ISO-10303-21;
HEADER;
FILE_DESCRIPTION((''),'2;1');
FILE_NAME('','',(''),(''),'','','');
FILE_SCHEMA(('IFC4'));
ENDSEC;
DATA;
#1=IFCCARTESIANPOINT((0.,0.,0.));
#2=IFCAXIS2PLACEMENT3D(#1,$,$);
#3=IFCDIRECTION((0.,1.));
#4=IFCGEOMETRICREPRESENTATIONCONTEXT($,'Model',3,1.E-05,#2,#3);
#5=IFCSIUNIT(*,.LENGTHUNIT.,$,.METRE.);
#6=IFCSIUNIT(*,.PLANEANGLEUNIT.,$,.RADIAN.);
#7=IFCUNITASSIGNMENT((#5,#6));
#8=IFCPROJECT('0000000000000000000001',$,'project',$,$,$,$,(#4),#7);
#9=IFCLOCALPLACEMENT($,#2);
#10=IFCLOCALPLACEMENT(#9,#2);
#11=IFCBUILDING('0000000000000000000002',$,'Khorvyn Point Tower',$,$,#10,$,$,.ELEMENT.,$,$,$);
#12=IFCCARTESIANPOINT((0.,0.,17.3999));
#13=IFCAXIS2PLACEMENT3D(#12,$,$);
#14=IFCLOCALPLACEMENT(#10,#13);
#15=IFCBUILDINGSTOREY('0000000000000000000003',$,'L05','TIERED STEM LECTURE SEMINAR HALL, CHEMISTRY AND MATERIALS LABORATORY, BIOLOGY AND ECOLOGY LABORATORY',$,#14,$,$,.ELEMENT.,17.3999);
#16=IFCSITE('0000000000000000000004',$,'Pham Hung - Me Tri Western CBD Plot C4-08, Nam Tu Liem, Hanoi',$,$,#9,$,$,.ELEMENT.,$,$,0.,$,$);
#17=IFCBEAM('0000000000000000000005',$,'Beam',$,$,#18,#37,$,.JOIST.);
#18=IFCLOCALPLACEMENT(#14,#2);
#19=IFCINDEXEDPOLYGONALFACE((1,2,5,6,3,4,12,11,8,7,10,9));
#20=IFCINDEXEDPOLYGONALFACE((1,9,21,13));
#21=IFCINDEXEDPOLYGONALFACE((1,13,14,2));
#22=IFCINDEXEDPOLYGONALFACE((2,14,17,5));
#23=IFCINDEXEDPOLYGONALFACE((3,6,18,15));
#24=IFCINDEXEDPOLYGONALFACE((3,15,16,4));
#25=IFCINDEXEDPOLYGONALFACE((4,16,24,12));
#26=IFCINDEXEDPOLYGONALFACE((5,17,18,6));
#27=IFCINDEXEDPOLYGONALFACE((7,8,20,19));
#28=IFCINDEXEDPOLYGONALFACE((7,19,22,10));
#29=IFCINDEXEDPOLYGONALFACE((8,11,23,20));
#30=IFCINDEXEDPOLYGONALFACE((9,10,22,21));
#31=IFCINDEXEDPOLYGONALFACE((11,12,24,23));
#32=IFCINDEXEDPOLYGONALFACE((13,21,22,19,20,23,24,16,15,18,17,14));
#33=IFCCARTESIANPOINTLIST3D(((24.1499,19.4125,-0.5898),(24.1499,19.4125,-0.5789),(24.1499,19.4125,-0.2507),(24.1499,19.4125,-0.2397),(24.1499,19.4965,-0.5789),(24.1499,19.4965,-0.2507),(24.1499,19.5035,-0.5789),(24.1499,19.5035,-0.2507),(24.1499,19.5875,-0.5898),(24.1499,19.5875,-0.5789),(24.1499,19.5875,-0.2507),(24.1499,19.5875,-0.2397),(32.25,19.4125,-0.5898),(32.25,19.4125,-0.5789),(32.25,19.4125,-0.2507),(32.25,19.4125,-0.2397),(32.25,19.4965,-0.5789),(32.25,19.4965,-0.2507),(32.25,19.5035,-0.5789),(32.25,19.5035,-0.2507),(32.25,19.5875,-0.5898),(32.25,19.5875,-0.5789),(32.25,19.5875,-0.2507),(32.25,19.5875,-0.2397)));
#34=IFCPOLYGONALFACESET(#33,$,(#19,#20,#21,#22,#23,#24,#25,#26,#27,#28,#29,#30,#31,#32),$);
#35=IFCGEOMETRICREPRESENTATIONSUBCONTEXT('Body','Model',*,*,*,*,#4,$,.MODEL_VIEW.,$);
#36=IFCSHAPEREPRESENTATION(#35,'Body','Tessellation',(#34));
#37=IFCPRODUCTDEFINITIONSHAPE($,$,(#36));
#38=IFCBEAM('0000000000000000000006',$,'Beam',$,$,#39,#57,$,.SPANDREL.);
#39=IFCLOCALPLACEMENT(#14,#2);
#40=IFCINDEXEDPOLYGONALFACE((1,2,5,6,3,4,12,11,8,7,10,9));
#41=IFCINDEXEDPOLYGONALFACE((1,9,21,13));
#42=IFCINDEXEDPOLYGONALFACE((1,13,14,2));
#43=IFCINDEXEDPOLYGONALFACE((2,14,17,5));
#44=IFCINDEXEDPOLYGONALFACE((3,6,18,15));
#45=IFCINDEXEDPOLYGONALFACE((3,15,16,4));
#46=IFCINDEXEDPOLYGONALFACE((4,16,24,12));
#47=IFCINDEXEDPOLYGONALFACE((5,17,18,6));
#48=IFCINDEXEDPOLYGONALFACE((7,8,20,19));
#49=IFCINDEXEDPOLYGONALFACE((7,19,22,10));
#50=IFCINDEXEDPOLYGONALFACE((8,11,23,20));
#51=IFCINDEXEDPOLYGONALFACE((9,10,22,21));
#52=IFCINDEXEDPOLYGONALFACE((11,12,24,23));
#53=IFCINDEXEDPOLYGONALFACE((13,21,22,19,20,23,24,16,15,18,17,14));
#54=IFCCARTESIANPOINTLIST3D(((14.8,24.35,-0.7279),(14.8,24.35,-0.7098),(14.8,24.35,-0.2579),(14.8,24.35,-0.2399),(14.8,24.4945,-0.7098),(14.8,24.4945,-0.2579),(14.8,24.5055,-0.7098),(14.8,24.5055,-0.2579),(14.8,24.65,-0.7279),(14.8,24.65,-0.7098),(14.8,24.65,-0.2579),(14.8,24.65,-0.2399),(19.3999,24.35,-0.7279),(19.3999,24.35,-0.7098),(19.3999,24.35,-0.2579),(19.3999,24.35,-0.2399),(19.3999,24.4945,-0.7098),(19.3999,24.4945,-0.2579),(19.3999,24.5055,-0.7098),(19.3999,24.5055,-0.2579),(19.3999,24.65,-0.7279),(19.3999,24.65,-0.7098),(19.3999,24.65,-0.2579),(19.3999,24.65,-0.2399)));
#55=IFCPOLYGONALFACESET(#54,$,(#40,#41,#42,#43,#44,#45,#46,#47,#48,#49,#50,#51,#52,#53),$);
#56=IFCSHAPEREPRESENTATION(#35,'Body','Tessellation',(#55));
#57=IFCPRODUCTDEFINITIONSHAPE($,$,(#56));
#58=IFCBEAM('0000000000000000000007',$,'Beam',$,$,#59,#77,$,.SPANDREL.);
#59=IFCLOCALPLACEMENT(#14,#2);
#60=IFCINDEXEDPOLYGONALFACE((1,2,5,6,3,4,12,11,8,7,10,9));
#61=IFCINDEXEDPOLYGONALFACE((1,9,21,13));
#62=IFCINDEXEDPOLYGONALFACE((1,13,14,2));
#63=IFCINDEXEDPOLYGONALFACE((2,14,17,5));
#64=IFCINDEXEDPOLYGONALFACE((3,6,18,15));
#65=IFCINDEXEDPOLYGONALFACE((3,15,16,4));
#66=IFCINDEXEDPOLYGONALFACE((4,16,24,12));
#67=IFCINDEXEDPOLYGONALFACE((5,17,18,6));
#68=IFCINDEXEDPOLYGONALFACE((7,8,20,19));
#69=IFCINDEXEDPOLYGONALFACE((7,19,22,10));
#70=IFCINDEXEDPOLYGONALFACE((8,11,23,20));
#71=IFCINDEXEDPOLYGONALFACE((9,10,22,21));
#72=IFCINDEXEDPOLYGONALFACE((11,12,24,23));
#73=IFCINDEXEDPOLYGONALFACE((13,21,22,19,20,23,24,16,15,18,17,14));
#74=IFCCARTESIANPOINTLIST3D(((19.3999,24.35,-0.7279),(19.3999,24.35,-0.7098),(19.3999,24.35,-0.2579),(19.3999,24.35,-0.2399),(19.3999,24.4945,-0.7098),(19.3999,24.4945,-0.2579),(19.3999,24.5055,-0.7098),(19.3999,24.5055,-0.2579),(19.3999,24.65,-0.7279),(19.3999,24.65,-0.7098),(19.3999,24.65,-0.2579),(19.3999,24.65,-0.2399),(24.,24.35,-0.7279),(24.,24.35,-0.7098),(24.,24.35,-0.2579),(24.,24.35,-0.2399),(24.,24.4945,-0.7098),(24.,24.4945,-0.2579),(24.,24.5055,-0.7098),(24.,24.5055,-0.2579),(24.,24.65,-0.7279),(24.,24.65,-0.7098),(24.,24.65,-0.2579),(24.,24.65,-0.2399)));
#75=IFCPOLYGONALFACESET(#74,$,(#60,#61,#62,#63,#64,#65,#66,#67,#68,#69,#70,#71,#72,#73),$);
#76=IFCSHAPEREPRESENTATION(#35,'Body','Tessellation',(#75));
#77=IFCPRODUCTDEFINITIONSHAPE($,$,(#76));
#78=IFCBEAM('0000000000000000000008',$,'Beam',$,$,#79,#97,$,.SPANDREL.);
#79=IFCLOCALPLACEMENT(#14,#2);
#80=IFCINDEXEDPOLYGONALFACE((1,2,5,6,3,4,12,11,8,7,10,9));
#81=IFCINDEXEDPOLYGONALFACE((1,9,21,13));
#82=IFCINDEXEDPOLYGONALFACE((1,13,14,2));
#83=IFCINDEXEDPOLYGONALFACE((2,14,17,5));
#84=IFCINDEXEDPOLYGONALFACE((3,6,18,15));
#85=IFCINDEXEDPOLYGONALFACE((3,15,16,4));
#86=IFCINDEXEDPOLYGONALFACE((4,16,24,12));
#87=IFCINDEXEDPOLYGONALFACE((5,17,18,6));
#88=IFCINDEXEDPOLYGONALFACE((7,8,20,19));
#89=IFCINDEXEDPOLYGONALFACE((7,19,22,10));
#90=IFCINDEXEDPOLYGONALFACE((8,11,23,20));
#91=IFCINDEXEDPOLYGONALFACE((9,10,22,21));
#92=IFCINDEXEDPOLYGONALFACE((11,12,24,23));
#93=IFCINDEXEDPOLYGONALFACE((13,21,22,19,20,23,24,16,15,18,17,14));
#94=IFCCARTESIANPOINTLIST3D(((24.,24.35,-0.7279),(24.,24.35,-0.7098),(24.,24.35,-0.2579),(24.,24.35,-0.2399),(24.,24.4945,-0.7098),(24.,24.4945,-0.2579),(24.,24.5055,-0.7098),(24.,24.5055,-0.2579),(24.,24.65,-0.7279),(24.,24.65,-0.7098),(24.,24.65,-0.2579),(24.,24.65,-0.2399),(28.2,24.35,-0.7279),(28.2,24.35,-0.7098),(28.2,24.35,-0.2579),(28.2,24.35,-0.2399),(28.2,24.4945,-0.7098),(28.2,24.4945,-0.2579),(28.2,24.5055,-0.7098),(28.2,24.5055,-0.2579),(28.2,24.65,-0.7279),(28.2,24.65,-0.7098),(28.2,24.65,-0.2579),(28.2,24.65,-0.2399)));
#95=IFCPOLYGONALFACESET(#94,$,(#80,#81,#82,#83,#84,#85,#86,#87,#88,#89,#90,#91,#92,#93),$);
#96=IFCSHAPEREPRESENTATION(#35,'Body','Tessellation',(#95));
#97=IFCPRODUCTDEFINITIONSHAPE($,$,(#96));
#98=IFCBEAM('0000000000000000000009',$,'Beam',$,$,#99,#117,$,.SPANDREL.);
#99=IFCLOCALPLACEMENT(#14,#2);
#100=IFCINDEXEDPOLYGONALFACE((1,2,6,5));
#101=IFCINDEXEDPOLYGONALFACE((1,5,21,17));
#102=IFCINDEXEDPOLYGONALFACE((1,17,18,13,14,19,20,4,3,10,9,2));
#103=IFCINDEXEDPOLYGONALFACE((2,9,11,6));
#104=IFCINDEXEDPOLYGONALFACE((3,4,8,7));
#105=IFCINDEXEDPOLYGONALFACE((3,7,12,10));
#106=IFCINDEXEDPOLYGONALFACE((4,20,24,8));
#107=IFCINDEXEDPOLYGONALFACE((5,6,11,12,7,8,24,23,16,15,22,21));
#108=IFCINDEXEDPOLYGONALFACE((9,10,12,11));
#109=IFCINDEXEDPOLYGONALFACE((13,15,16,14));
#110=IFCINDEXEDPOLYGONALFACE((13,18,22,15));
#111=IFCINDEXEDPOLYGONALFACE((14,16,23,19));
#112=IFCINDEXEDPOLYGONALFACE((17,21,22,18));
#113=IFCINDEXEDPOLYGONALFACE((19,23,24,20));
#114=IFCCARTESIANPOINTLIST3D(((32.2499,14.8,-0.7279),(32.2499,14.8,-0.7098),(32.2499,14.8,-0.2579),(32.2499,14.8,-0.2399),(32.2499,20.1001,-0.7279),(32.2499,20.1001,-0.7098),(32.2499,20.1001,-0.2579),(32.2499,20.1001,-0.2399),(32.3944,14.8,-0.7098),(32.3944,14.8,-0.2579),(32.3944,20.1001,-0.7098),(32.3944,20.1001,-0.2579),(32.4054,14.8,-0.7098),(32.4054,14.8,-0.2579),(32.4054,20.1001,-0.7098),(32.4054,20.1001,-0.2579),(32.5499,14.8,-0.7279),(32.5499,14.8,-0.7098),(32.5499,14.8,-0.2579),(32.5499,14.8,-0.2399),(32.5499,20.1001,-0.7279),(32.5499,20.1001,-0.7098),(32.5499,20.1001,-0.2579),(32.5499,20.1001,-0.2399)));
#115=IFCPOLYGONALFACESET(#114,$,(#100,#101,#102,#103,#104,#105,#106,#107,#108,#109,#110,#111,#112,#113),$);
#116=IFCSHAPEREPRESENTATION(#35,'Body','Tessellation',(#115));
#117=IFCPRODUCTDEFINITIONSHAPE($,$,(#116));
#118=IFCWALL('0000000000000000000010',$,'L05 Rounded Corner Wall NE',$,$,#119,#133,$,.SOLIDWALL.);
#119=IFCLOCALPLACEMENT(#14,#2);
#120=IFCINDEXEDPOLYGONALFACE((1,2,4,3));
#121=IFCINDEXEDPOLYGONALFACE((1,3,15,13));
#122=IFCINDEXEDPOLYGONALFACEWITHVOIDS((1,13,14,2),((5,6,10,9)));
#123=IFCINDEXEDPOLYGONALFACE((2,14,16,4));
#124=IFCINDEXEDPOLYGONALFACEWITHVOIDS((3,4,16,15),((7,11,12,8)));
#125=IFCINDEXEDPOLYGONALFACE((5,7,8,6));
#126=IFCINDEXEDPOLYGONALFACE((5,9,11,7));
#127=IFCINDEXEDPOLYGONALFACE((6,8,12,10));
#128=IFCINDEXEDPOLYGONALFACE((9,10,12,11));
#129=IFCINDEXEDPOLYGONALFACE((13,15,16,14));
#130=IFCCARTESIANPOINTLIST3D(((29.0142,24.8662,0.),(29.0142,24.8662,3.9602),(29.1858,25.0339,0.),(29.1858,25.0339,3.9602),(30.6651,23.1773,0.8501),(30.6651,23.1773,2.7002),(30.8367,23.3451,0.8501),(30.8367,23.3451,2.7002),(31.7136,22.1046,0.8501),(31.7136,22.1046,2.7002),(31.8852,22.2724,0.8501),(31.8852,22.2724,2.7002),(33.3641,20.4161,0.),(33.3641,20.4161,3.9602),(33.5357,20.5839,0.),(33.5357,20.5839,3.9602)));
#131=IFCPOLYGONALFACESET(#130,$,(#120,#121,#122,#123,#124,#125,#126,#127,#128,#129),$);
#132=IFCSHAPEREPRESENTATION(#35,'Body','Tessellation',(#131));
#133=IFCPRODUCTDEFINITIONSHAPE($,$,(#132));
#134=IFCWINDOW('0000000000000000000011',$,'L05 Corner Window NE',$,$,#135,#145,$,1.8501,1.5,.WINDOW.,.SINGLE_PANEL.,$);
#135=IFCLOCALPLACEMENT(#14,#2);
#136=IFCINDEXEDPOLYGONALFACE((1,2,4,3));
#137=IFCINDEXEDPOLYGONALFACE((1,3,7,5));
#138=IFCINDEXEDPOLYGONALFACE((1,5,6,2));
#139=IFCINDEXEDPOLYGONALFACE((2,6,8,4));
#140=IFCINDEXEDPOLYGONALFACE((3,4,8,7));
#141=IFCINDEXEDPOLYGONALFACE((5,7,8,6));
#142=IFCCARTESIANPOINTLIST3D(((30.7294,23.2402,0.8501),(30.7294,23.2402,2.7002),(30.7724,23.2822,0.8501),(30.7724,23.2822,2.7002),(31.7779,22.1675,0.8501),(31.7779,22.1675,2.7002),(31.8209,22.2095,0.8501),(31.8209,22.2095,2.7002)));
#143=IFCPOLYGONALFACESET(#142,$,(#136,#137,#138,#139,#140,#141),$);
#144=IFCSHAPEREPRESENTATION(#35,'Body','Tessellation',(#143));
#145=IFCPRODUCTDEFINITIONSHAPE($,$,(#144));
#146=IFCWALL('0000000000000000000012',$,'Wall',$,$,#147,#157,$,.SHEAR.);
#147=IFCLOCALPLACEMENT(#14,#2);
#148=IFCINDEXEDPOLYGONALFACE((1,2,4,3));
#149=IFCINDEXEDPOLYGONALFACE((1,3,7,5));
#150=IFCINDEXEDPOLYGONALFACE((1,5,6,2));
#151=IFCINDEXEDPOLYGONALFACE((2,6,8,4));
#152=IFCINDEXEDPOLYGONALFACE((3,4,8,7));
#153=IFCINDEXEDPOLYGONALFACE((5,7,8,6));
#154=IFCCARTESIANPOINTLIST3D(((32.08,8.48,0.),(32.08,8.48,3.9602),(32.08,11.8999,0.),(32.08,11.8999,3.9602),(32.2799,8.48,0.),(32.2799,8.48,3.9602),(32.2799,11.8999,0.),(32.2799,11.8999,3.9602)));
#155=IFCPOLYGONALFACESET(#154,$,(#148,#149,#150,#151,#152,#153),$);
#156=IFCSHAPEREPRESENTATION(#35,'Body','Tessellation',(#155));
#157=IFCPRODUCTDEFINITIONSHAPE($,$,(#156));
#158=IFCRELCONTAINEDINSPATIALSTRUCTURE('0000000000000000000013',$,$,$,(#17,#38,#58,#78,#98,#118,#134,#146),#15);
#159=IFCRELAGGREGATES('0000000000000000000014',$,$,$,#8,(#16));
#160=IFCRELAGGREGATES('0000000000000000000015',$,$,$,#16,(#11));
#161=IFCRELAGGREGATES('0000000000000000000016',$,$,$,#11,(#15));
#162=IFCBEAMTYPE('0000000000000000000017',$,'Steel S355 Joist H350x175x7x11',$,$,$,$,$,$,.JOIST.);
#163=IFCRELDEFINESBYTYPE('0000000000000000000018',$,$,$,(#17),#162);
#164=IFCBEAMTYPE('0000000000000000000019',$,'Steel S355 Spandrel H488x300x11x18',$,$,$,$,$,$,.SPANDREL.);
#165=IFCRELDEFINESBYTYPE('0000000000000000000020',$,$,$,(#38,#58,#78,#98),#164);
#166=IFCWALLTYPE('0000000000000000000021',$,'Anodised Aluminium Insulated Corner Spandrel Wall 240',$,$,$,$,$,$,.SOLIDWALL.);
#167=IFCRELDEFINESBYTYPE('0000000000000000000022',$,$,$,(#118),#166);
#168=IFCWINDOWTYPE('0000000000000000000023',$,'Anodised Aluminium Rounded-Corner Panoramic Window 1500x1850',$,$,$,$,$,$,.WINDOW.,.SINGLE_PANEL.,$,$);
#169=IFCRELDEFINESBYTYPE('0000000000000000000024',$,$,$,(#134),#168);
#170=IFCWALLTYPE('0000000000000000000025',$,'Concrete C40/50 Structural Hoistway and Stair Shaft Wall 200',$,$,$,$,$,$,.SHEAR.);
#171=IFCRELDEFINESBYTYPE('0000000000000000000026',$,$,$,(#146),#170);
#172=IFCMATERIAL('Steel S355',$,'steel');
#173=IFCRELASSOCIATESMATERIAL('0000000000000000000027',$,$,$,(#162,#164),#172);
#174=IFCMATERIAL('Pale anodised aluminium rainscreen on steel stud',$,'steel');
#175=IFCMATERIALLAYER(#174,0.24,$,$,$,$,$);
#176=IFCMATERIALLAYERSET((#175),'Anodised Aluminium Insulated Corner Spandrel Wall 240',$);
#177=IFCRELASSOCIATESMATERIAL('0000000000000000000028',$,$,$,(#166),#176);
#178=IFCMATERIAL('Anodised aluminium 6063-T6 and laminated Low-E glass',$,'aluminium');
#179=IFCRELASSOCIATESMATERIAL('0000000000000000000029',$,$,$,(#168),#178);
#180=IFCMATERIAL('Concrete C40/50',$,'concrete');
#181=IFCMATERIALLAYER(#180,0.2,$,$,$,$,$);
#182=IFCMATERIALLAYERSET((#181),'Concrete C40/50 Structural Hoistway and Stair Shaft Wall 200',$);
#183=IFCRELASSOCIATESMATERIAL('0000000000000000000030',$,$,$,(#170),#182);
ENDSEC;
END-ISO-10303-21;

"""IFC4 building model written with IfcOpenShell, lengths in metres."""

from ifc_helpers import new_model, si_unit, direction, frame, frame_2d, origin, origin_2d, place, context, subcontext, project, spatial, rectangle, i_section, extrude, material, layer, layer_set, material_profile, profile_set, type_object, element, fill, save


model = new_model("IFC4")

# Units and contexts
model_context = context("Model", 3, precision=1e-05, world=origin(), true_north=direction((0.0, 1.0)))
body_context = subcontext(model_context, "Body", "Model", "MODEL_VIEW")
ifc_project = project(units=[si_unit("LENGTHUNIT", "METRE"), si_unit("PLANEANGLEUNIT", "RADIAN")], contexts=[model_context])

# Site, building, storey
site_placement = place(None, origin())
site = spatial("IfcSite", under=ifc_project, at=site_placement, Name="Pham Hung - Me Tri Western CBD Plot C4-08, Nam Tu Liem, Hanoi", CompositionType="ELEMENT", RefElevation=0.0)
building_placement = place(site_placement, origin())
building = spatial("IfcBuilding", under=site, at=building_placement, Name="Khorvyn Point Tower", CompositionType="ELEMENT")
storey_placement = place(building_placement, frame((0.0, 0.0, 17.3999)))
storey = spatial("IfcBuildingStorey", under=building, at=storey_placement, Name="L05", Description="TIERED STEM LECTURE SEMINAR HALL, CHEMISTRY AND MATERIALS LABORATORY, BIOLOGY AND ECOLOGY LABORATORY", CompositionType="ELEMENT", Elevation=17.3999)

# Shared definitions
ifc_material_1 = material(Name="Concrete C40/50", Category="concrete")

# Beams
ifc_material_2 = material(Name="Steel S355", Category="steel")
ifc_material_profile_1 = material_profile(ifc_material_2, i_section(OverallWidth=0.175, OverallDepth=0.3501, WebThickness=0.0071, FlangeThickness=0.011, at=origin_2d()))
ifc_profile_set_1 = profile_set([ifc_material_profile_1], Name="Steel S355 H350x175x7x11")
beam_type_1 = type_object("IfcBeamType", Name="Steel S355 Joist H350x175x7x11", PredefinedType="JOIST", material=ifc_profile_set_1)
beam_1_placement = place(storey_placement, frame((24.1499, 19.5, -0.4148), z_axis=(1.0, 0.0, 0.0), x_axis=(0.0, 1.0, 0.0)))
element("IfcBeam", 1, at=beam_1_placement, inside=storey, type_object=beam_type_1, Name="Beam", PredefinedType="JOIST", context=body_context, shape_type="SweptSolid", body=[
    extrude(i_section(OverallWidth=0.175, OverallDepth=0.3501, WebThickness=0.0071, FlangeThickness=0.011, at=origin_2d()), origin(), (0.0, 0.0, 1.0), 8.1001),
])
ifc_material_profile_2 = material_profile(ifc_material_2, i_section(OverallWidth=0.3, OverallDepth=0.488, WebThickness=0.011, FlangeThickness=0.0181, at=origin_2d()))
ifc_profile_set_2 = profile_set([ifc_material_profile_2], Name="Steel S355 H488x300x11x18")
beam_type_2 = type_object("IfcBeamType", Name="Steel S355 Spandrel H488x300x11x18", PredefinedType="SPANDREL", material=ifc_profile_set_2)
beam_2_placement = place(storey_placement, frame((14.8, 24.5, -0.4839), z_axis=(1.0, 0.0, 0.0), x_axis=(0.0, 1.0, 0.0)))
element("IfcBeam", 2, at=beam_2_placement, inside=storey, type_object=beam_type_2, Name="Beam", PredefinedType="SPANDREL", context=body_context, shape_type="SweptSolid", body=[
    extrude(i_section(OverallWidth=0.3, OverallDepth=0.488, WebThickness=0.011, FlangeThickness=0.0181, at=origin_2d()), origin(), (0.0, 0.0, 1.0), 4.5999),
])
beam_3_placement = place(storey_placement, frame((19.3999, 24.5, -0.4839), z_axis=(1.0, 0.0, 0.0), x_axis=(0.0, 1.0, 0.0)))
element("IfcBeam", 3, at=beam_3_placement, inside=storey, type_object=beam_type_2, Name="Beam", PredefinedType="SPANDREL", context=body_context, shape_type="SweptSolid", body=[
    extrude(i_section(OverallWidth=0.3, OverallDepth=0.488, WebThickness=0.011, FlangeThickness=0.0181, at=origin_2d()), origin(), (0.0, 0.0, 1.0), 4.6001),
])
beam_4_placement = place(storey_placement, frame((24.0, 24.5, -0.4839), z_axis=(1.0, 0.0, 0.0), x_axis=(0.0, 1.0, 0.0)))
element("IfcBeam", 4, at=beam_4_placement, inside=storey, type_object=beam_type_2, Name="Beam", PredefinedType="SPANDREL", context=body_context, shape_type="SweptSolid", body=[
    extrude(i_section(OverallWidth=0.3, OverallDepth=0.488, WebThickness=0.011, FlangeThickness=0.0181, at=origin_2d()), origin(), (0.0, 0.0, 1.0), 4.2),
])
beam_5_placement = place(storey_placement, frame((32.3999, 14.8, -0.4839), z_axis=(0.0, 1.0, 0.0), x_axis=(-1.0, 0.0, 0.0)))
element("IfcBeam", 5, at=beam_5_placement, inside=storey, type_object=beam_type_2, Name="Beam", PredefinedType="SPANDREL", context=body_context, shape_type="SweptSolid", body=[
    extrude(i_section(OverallWidth=0.3, OverallDepth=0.488, WebThickness=0.011, FlangeThickness=0.0181, at=origin_2d()), origin(), (0.0, 0.0, 1.0), 5.3),
])

# Wall, opening, window
ifc_material_3 = material(Name="Pale anodised aluminium rainscreen on steel stud", Category="steel")
ifc_layer_1 = layer(ifc_material_3, 0.24)
ifc_layer_set_1 = layer_set([ifc_layer_1], Name="Anodised Aluminium Insulated Corner Spandrel Wall 240")
wall_type_1 = type_object("IfcWallType", Name="Anodised Aluminium Insulated Corner Spandrel Wall 240", PredefinedType="SOLIDWALL", material=ifc_layer_set_1)
wall_1_placement = place(storey_placement, frame((29.1001, 24.95, 0.0), z_axis=(0.0, 0.0, 1.0), x_axis=(0.699018, -0.715104, 0.0)))
wall_1 = element("IfcWall", 6, at=wall_1_placement, inside=storey, type_object=wall_type_1, Name="L05 Rounded Corner Wall NE", PredefinedType="SOLIDWALL", context=body_context, shape_type="SweptSolid", body=[
    extrude(rectangle(XDim=6.2229, YDim=0.24, at=frame_2d((3.1113, 0.0))), origin(), (0.0, 0.0, 1.0), 3.9602),
])
opening_1_placement = place(wall_1_placement, frame((2.3616, 0.0, 0.8501)))
opening_1 = element("IfcOpeningElement", 7, at=opening_1_placement, cuts=wall_1, PredefinedType="OPENING", context=body_context, shape_type="SweptSolid", body=[
    extrude(rectangle(XDim=1.5, YDim=1.8501, at=frame_2d((0.75, 0.925))), frame((0.0, 0.1299, 0.0), z_axis=(0.0, -1.0, 0.0), x_axis=(1.0, 0.0, 0.0)), (0.0, 0.0, 1.0), 0.26),
])
ifc_material_4 = material(Name="Anodised aluminium 6063-T6 and laminated Low-E glass", Category="aluminium")
window_type = type_object("IfcWindowType", Name="Anodised Aluminium Rounded-Corner Panoramic Window 1500x1850", PartitioningType="SINGLE_PANEL", PredefinedType="WINDOW", material=ifc_material_4)
window_placement = place(opening_1_placement, origin())
window = element("IfcWindow", 8, at=window_placement, inside=storey, type_object=window_type, Name="L05 Corner Window NE", OverallHeight=1.8501, OverallWidth=1.5, PartitioningType="SINGLE_PANEL", PredefinedType="WINDOW", context=body_context, shape_type="SweptSolid", body=[
    extrude(rectangle(XDim=1.5, YDim=1.8501, at=frame_2d((0.75, 0.925))), frame((0.0, 0.03, 0.0), z_axis=(0.0, -1.0, 0.0), x_axis=(1.0, 0.0, 0.0)), (0.0, 0.0, 1.0), 0.0601),
])
fill(opening_1, window)

# Wall
ifc_layer_2 = layer(ifc_material_1, 0.2)
ifc_layer_set_2 = layer_set([ifc_layer_2], Name="Concrete C40/50 Structural Hoistway and Stair Shaft Wall 200")
wall_type_2 = type_object("IfcWallType", Name="Concrete C40/50 Structural Hoistway and Stair Shaft Wall 200", PredefinedType="SHEAR", material=ifc_layer_set_2)
wall_2_placement = place(storey_placement, frame((32.1799, 11.8999, 0.0), z_axis=(0.0, 0.0, 1.0), x_axis=(0.0, -1.0, 0.0)))
element("IfcWall", 9, at=wall_2_placement, inside=storey, type_object=wall_type_2, Name="Wall", PredefinedType="SHEAR", context=body_context, shape_type="SweptSolid", body=[
    extrude(rectangle(XDim=3.4199, YDim=0.2, at=frame_2d((1.71, 0.0))), origin(), (0.0, 0.0, 1.0), 3.9602),
])

save(model, "model.ifc")
